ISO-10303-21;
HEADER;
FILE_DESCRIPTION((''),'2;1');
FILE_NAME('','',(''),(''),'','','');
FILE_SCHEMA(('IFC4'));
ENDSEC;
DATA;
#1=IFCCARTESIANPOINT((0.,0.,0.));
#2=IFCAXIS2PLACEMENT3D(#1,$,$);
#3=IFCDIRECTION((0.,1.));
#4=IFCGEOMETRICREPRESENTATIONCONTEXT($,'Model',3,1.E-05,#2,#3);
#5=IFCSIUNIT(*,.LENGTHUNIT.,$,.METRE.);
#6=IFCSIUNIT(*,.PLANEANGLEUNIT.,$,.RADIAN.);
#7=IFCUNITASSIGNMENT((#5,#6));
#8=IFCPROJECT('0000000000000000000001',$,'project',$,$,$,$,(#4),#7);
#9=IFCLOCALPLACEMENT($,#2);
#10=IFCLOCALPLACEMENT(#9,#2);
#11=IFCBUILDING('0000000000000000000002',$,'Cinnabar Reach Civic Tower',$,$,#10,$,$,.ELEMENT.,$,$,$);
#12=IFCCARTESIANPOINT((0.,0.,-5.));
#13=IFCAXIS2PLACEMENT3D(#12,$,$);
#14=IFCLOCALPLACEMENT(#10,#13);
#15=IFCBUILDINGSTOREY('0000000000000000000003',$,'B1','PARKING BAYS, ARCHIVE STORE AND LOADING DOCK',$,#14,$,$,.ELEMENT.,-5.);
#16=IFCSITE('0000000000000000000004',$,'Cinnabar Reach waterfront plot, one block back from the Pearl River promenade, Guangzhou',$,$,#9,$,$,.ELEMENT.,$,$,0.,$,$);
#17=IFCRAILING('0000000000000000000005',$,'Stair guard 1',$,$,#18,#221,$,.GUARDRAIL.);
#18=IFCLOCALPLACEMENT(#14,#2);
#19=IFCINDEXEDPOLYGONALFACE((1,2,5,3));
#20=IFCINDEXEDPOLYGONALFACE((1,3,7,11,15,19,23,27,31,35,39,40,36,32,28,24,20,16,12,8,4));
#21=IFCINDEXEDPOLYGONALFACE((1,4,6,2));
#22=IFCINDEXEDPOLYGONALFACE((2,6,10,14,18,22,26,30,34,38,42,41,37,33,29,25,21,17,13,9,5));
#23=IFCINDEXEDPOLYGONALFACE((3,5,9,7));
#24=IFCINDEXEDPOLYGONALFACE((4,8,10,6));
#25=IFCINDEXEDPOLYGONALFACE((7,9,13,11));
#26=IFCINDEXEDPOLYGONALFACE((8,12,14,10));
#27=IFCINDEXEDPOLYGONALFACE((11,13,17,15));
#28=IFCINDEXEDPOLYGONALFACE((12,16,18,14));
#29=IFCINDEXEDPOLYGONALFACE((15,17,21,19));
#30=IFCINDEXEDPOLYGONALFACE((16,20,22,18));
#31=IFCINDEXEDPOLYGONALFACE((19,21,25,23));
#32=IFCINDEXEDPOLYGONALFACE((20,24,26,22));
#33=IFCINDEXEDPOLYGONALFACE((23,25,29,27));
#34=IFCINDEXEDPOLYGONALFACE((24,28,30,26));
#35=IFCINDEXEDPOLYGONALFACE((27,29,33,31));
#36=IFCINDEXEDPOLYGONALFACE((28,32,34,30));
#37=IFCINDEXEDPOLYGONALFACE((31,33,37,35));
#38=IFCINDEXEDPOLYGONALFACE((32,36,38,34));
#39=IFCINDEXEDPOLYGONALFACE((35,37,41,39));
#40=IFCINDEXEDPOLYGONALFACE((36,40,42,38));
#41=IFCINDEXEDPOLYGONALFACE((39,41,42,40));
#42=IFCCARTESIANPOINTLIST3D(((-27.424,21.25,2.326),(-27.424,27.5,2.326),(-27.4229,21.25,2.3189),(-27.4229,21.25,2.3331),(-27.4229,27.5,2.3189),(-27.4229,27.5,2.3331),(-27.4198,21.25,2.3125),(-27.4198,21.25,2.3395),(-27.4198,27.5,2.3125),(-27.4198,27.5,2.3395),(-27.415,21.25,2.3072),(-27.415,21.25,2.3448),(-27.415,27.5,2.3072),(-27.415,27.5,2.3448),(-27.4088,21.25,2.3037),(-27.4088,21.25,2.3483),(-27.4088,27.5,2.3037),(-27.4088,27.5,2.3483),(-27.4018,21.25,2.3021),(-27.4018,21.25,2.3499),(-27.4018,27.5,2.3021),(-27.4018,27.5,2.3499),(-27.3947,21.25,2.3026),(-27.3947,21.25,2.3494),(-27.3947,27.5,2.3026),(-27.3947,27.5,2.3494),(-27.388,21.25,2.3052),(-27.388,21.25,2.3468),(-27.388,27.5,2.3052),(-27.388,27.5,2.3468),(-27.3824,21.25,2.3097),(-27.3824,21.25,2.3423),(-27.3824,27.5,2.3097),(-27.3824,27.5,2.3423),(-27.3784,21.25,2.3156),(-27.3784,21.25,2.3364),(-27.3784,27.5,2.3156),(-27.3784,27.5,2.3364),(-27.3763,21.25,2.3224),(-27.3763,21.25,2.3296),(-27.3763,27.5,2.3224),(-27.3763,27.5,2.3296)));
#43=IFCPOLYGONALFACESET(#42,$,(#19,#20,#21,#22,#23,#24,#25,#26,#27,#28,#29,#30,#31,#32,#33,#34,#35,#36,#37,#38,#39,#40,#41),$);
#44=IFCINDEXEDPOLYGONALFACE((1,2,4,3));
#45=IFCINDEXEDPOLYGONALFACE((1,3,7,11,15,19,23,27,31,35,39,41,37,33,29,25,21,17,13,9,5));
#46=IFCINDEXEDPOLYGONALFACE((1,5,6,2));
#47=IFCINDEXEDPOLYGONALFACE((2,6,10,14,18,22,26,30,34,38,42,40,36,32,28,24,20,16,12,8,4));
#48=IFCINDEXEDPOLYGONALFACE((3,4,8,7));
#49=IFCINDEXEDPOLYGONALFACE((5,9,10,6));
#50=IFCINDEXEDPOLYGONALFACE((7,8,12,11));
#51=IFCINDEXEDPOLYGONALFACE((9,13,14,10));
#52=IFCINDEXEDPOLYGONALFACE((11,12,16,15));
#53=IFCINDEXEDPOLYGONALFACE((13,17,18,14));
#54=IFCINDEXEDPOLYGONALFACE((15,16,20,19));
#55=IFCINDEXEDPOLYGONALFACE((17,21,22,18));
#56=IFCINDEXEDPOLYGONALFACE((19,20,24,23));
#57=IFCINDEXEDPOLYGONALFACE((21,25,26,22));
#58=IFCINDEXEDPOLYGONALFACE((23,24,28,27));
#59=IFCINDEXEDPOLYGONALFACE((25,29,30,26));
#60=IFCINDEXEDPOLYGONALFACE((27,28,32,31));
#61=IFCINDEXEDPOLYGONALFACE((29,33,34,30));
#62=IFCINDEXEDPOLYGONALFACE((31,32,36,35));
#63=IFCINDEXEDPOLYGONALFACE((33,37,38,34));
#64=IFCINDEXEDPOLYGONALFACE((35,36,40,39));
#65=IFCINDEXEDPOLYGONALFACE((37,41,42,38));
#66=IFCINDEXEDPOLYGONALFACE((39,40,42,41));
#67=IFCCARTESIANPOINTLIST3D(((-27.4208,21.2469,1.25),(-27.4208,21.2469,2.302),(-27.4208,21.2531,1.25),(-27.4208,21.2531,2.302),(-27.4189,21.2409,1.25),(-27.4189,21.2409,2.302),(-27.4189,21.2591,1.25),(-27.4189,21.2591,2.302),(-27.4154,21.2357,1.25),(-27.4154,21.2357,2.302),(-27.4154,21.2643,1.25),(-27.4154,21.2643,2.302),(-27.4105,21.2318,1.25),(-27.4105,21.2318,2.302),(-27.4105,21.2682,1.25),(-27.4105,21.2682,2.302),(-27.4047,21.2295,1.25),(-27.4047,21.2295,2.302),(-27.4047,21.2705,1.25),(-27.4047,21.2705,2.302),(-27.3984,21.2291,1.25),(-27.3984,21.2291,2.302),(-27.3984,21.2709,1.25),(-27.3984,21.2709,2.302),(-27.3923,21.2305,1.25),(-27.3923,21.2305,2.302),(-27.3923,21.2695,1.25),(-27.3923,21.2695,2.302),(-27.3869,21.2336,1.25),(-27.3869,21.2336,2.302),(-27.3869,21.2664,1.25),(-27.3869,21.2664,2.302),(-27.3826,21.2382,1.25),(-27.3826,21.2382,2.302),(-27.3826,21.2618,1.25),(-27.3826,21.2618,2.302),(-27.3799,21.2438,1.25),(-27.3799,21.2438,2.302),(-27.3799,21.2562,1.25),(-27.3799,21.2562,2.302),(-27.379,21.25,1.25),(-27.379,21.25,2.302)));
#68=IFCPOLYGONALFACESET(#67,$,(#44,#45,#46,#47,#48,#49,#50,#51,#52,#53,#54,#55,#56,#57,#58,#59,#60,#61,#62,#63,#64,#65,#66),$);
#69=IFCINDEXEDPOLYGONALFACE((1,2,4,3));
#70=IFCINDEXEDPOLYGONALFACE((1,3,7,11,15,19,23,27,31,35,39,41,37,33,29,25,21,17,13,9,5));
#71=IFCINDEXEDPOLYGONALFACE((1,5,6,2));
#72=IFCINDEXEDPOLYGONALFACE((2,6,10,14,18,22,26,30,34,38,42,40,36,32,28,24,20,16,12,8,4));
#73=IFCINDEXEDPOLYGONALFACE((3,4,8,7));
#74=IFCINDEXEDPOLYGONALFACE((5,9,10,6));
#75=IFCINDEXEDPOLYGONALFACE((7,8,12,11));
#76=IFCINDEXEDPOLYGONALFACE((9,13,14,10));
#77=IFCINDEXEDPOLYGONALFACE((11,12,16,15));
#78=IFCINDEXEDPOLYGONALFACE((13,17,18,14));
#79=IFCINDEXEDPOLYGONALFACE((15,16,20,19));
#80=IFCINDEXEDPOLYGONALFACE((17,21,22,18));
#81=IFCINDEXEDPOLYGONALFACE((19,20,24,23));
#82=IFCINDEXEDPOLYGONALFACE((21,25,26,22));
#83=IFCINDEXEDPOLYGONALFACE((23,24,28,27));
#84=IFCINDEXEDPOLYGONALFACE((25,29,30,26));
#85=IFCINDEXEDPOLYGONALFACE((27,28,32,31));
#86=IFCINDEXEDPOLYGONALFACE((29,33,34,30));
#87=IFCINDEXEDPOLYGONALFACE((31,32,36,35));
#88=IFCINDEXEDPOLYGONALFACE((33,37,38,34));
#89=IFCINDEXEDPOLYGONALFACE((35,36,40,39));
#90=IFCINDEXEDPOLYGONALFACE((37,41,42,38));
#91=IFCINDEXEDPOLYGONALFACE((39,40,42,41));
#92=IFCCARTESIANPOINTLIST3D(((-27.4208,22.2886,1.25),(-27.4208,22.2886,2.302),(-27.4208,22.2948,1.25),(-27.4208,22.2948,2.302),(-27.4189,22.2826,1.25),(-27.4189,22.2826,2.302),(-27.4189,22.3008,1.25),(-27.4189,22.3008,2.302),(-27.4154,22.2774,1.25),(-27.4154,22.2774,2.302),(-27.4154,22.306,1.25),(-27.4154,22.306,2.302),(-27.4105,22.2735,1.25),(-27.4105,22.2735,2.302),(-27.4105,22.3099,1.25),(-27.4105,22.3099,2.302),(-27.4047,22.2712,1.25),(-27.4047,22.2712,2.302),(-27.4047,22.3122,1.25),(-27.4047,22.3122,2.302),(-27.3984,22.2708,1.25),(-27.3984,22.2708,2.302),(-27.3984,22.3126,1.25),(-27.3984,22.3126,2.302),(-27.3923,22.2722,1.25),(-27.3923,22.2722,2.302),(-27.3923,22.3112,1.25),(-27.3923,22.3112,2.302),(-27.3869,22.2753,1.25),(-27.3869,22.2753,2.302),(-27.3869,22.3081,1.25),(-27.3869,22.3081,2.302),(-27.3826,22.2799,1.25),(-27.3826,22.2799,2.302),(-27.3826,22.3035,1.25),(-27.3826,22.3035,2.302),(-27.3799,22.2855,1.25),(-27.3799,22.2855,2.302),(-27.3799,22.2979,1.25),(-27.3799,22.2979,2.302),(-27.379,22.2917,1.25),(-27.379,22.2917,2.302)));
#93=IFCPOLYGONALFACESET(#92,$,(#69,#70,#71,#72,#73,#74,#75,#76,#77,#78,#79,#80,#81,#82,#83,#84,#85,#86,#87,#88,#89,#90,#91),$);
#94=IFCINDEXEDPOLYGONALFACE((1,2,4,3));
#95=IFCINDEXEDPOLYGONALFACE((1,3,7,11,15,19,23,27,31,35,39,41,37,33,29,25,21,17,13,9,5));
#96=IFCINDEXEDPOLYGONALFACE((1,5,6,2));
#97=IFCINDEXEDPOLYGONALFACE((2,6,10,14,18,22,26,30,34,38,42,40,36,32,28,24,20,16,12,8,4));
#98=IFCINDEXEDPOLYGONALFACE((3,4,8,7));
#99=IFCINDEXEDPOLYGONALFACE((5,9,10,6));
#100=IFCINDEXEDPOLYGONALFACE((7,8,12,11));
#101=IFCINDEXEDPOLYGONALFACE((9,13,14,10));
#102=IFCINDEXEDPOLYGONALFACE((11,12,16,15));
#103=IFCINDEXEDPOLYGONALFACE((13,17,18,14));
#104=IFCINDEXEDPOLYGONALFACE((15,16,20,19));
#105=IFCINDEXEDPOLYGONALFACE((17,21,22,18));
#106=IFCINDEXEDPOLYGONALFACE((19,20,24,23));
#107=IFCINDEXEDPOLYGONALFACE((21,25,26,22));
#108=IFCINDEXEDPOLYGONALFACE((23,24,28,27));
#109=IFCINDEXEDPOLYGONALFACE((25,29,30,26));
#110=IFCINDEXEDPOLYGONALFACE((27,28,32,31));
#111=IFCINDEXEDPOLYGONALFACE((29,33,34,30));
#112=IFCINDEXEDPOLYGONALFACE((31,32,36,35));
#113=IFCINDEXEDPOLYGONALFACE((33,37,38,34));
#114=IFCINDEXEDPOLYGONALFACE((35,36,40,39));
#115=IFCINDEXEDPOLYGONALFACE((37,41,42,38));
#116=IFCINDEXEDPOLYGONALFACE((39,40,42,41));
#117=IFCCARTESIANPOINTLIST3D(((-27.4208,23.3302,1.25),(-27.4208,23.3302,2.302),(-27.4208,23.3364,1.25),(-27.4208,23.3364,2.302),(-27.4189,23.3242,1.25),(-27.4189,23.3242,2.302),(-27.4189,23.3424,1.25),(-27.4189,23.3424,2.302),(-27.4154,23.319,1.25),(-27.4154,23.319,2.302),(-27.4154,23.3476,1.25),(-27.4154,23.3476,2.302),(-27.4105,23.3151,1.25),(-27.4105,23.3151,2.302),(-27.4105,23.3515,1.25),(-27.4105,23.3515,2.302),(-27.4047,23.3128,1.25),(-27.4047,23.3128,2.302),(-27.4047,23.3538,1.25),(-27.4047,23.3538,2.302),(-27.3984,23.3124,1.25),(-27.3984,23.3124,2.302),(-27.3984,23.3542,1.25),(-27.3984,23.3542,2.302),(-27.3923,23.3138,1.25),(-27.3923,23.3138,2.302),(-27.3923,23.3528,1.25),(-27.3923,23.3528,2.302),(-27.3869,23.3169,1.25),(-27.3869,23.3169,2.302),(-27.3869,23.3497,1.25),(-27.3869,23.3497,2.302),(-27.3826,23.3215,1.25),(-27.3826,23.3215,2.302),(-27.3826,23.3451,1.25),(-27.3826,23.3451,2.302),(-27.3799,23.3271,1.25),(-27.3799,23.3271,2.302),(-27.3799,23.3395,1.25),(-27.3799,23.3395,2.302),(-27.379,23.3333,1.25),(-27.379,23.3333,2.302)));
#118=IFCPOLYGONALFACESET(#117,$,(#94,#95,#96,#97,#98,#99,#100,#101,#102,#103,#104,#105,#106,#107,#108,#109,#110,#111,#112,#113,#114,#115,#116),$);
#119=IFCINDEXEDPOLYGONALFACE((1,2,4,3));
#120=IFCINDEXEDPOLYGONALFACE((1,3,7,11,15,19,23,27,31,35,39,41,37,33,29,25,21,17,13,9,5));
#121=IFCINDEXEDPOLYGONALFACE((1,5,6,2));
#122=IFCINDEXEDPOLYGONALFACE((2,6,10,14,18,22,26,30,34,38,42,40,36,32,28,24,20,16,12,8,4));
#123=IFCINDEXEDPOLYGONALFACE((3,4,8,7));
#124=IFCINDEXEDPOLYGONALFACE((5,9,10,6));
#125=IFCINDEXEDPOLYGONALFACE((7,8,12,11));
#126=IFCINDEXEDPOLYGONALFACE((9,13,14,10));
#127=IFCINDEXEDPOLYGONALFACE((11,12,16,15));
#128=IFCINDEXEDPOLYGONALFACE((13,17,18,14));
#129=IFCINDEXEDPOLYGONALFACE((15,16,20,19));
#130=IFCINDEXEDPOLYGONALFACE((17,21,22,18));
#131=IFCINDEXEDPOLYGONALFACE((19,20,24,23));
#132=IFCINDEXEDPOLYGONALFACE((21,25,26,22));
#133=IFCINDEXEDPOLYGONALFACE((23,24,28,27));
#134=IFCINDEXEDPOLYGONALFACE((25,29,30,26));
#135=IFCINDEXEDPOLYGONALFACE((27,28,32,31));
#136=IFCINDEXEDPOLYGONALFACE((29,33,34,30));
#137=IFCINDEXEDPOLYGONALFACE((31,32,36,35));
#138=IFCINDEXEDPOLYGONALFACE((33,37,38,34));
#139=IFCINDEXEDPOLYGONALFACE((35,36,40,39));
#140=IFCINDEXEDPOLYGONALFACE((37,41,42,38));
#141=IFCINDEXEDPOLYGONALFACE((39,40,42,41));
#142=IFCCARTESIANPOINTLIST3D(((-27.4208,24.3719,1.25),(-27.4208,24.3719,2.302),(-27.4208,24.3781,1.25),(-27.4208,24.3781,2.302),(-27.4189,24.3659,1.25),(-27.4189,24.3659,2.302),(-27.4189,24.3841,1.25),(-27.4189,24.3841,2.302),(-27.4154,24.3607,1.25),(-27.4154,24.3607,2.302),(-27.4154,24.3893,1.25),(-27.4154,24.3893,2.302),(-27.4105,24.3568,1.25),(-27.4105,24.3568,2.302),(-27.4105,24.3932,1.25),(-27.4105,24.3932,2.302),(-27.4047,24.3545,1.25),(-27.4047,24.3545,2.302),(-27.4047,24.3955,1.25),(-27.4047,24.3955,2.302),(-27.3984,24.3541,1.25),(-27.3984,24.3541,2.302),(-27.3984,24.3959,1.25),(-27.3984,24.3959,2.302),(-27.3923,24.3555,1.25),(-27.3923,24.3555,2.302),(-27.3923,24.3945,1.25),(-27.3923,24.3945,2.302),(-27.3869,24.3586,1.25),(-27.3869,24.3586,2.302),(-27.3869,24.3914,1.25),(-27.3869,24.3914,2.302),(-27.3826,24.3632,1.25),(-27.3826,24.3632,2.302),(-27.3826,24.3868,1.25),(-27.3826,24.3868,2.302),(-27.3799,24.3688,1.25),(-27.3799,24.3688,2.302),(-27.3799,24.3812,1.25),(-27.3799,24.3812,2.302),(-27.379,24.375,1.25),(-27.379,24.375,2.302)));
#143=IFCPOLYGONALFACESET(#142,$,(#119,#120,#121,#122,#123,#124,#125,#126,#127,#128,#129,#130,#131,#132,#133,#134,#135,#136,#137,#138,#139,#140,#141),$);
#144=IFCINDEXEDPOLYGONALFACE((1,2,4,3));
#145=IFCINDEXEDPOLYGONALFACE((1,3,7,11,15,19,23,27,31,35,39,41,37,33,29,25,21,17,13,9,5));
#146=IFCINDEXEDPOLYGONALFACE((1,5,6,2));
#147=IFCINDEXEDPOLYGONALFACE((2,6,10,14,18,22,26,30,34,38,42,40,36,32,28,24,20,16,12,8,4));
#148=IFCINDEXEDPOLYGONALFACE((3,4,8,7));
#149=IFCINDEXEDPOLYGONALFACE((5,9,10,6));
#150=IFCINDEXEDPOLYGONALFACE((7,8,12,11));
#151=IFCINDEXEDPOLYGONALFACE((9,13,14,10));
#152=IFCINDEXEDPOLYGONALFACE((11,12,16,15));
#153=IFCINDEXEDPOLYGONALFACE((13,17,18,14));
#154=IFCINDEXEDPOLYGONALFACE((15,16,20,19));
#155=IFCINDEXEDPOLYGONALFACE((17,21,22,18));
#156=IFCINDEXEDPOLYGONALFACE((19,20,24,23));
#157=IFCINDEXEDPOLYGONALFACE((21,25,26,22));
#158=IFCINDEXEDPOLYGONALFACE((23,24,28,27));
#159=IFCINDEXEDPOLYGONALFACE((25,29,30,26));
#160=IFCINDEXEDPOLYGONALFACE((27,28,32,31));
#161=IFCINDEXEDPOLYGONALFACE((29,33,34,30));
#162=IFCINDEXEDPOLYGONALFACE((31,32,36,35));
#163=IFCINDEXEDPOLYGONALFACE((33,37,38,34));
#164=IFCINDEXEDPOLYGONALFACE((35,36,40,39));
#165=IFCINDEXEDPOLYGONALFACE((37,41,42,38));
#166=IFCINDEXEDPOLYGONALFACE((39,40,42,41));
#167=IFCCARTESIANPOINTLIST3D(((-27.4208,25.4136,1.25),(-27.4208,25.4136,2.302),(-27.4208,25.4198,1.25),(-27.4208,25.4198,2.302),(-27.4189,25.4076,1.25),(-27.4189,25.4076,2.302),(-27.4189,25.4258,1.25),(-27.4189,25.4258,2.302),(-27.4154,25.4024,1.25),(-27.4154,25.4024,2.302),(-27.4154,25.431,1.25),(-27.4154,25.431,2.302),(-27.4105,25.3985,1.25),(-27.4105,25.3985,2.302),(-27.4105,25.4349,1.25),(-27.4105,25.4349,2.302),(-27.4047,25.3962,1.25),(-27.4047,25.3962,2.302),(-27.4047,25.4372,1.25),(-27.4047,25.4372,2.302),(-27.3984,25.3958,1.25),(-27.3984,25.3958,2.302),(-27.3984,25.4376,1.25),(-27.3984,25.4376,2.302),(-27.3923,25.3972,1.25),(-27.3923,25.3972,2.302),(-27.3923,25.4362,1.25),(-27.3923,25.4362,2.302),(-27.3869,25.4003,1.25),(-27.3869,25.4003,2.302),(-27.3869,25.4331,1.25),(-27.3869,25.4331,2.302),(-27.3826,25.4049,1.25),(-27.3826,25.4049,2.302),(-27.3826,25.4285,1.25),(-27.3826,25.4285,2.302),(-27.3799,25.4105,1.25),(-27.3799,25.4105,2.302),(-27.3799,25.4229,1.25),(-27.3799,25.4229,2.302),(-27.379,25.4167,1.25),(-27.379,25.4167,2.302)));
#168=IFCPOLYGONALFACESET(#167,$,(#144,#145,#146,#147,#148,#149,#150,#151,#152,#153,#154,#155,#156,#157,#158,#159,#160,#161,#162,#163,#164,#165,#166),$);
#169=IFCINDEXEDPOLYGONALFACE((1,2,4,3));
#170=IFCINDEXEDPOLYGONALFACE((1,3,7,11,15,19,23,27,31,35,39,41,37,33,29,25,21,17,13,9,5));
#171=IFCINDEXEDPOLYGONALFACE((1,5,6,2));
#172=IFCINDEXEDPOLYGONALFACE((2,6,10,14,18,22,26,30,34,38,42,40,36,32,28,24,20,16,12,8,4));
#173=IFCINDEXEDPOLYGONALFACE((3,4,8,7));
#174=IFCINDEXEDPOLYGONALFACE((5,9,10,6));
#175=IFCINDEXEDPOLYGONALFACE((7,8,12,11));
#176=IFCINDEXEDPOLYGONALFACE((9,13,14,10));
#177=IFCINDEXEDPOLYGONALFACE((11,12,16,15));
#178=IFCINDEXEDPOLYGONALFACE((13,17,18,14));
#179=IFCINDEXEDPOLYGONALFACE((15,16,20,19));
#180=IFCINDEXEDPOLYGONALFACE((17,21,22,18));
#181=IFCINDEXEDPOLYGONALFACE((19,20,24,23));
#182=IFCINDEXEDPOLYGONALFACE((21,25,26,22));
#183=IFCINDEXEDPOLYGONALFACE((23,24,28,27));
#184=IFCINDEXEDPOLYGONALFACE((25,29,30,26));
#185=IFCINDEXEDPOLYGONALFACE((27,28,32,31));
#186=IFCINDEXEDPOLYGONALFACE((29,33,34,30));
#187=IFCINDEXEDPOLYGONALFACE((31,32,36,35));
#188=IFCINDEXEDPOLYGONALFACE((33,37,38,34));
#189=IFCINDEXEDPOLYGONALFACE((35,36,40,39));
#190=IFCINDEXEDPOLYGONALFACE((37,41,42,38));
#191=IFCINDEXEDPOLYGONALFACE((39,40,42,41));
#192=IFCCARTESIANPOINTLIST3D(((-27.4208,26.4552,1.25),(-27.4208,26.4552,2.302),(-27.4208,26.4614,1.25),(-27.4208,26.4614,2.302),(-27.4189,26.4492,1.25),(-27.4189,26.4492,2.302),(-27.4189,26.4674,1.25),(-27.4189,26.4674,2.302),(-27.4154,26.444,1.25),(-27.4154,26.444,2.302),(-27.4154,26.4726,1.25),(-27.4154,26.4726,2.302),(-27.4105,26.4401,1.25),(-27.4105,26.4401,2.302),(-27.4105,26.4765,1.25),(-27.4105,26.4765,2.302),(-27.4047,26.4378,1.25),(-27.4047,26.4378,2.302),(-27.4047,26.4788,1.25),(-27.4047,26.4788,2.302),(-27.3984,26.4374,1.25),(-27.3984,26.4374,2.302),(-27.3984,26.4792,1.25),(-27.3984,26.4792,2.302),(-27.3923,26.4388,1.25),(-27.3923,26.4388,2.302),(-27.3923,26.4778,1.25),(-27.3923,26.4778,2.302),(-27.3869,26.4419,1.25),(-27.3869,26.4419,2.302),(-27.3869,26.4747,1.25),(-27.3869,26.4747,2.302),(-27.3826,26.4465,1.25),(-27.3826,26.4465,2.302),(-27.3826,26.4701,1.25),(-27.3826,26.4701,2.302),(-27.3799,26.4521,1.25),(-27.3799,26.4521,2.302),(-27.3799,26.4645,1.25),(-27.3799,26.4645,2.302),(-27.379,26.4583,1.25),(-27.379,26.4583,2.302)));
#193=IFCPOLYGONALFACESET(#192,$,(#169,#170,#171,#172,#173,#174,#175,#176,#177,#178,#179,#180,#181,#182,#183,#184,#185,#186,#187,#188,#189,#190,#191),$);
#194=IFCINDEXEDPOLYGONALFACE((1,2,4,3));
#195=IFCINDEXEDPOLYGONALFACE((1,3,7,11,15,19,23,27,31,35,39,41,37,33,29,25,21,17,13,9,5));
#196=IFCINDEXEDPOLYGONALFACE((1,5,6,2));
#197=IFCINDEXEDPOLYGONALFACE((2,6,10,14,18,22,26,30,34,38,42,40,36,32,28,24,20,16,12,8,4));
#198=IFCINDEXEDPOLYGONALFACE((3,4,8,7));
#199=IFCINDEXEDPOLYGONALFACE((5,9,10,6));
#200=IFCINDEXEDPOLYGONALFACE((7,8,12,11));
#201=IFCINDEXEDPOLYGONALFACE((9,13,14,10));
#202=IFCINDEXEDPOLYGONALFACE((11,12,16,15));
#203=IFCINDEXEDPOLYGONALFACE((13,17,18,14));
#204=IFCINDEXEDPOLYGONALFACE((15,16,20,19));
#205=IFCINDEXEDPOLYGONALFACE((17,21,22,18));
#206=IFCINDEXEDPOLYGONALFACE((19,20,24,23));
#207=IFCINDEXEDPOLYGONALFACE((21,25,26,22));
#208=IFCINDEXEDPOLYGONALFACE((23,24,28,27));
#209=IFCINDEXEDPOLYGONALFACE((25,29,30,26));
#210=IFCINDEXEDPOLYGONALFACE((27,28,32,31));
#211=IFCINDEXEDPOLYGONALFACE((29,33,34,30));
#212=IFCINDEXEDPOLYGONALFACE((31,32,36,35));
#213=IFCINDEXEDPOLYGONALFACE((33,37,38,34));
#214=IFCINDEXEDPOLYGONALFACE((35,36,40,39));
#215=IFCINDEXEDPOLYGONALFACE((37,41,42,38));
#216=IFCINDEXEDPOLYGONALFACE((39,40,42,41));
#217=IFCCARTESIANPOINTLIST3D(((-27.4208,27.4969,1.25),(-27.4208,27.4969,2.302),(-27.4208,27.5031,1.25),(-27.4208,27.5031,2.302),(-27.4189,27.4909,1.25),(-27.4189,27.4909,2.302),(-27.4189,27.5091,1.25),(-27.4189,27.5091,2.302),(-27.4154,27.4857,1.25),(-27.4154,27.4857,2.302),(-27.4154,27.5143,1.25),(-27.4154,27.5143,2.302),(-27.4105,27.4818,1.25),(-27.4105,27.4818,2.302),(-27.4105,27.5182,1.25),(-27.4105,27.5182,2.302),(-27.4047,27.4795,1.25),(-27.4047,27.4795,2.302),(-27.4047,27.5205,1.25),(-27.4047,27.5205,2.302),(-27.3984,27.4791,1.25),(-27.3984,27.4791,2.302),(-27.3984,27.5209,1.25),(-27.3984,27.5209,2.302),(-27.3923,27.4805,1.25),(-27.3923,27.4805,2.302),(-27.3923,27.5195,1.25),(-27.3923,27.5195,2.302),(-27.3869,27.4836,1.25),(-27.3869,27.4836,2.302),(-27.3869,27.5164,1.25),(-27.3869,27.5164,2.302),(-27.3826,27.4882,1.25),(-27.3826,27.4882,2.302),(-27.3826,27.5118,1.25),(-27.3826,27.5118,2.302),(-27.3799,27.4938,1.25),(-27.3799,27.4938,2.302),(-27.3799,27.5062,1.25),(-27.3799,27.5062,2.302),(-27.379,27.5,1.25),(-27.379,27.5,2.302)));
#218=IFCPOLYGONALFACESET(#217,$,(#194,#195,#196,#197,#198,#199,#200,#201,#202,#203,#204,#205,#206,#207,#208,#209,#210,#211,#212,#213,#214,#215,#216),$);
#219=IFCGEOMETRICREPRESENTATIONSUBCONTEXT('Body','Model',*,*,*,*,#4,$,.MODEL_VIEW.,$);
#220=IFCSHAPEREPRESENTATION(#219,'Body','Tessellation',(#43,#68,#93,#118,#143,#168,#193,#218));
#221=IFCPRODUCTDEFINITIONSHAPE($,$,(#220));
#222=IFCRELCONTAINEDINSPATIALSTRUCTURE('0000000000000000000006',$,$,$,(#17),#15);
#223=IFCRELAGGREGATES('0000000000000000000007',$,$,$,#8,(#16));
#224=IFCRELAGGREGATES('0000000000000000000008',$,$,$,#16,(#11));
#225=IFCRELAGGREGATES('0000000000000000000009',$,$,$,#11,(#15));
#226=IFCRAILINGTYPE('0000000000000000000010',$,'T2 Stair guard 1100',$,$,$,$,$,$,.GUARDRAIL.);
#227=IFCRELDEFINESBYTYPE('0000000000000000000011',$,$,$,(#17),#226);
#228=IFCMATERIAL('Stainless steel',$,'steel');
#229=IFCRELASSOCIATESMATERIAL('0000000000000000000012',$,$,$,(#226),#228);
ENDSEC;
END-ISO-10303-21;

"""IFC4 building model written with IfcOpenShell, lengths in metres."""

from ifc_helpers import new_model, si_unit, direction, frame, origin, origin_2d, place, context, subcontext, project, spatial, circle, extrude, material, type_object, element, save


model = new_model("IFC4")

# Units and contexts
model_context = context("Model", 3, precision=1e-05, world=origin(), true_north=direction((0.0, 1.0)))
body_context = subcontext(model_context, "Body", "Model", "MODEL_VIEW")
ifc_project = project(units=[si_unit("LENGTHUNIT", "METRE"), si_unit("PLANEANGLEUNIT", "RADIAN")], contexts=[model_context])

# Site, building, storey
site_placement = place(None, origin())
site = spatial("IfcSite", under=ifc_project, at=site_placement, Name="Cinnabar Reach waterfront plot, one block back from the Pearl River promenade, Guangzhou", CompositionType="ELEMENT", RefElevation=0.0)
building_placement = place(site_placement, origin())
building = spatial("IfcBuilding", under=site, at=building_placement, Name="Cinnabar Reach Civic Tower", CompositionType="ELEMENT")
storey_placement = place(building_placement, frame((0.0, 0.0, -5.0)))
storey = spatial("IfcBuildingStorey", under=building, at=storey_placement, Name="B1", Description="PARKING BAYS, ARCHIVE STORE AND LOADING DOCK", CompositionType="ELEMENT", Elevation=-5.0)

# Railing
ifc_material_1 = material(Name="Stainless steel", Category="steel")
railing_type_1 = type_object("IfcRailingType", Name="T2 Stair guard 1100", PredefinedType="GUARDRAIL", material=ifc_material_1)
for number, where, name in (
    (1, (-27.4, 21.25, 1.25), "Stair guard 1"),
):
    element("IfcRailing", number, at=place(storey_placement, frame(where)), inside=storey, type_object=railing_type_1, Name=name, PredefinedType="GUARDRAIL", context=body_context, shape_type="SweptSolid", body=[
        extrude(circle(Radius=0.024, at=origin_2d()), frame((0.0, 0.0, 1.076), z_axis=(0.0, 1.0, 0.0), x_axis=(-1.0, 0.0, 0.0)), (0.0, 0.0, 1.0), 6.25),
        extrude(circle(Radius=0.021, at=origin_2d()), origin(), (0.0, 0.0, 1.0), 1.052),
        extrude(circle(Radius=0.021, at=origin_2d()), frame((0.0, 1.0417, 0.0)), (0.0, 0.0, 1.0), 1.052),
        extrude(circle(Radius=0.021, at=origin_2d()), frame((0.0, 2.0833, 0.0)), (0.0, 0.0, 1.0), 1.052),
        extrude(circle(Radius=0.021, at=origin_2d()), frame((0.0, 3.125, 0.0)), (0.0, 0.0, 1.0), 1.052),
        extrude(circle(Radius=0.021, at=origin_2d()), frame((0.0, 4.1667, 0.0)), (0.0, 0.0, 1.0), 1.052),
        extrude(circle(Radius=0.021, at=origin_2d()), frame((0.0, 5.2083, 0.0)), (0.0, 0.0, 1.0), 1.052),
        extrude(circle(Radius=0.021, at=origin_2d()), frame((0.0, 6.25, 0.0)), (0.0, 0.0, 1.0), 1.052),
    ])

save(model, "model.ifc")
